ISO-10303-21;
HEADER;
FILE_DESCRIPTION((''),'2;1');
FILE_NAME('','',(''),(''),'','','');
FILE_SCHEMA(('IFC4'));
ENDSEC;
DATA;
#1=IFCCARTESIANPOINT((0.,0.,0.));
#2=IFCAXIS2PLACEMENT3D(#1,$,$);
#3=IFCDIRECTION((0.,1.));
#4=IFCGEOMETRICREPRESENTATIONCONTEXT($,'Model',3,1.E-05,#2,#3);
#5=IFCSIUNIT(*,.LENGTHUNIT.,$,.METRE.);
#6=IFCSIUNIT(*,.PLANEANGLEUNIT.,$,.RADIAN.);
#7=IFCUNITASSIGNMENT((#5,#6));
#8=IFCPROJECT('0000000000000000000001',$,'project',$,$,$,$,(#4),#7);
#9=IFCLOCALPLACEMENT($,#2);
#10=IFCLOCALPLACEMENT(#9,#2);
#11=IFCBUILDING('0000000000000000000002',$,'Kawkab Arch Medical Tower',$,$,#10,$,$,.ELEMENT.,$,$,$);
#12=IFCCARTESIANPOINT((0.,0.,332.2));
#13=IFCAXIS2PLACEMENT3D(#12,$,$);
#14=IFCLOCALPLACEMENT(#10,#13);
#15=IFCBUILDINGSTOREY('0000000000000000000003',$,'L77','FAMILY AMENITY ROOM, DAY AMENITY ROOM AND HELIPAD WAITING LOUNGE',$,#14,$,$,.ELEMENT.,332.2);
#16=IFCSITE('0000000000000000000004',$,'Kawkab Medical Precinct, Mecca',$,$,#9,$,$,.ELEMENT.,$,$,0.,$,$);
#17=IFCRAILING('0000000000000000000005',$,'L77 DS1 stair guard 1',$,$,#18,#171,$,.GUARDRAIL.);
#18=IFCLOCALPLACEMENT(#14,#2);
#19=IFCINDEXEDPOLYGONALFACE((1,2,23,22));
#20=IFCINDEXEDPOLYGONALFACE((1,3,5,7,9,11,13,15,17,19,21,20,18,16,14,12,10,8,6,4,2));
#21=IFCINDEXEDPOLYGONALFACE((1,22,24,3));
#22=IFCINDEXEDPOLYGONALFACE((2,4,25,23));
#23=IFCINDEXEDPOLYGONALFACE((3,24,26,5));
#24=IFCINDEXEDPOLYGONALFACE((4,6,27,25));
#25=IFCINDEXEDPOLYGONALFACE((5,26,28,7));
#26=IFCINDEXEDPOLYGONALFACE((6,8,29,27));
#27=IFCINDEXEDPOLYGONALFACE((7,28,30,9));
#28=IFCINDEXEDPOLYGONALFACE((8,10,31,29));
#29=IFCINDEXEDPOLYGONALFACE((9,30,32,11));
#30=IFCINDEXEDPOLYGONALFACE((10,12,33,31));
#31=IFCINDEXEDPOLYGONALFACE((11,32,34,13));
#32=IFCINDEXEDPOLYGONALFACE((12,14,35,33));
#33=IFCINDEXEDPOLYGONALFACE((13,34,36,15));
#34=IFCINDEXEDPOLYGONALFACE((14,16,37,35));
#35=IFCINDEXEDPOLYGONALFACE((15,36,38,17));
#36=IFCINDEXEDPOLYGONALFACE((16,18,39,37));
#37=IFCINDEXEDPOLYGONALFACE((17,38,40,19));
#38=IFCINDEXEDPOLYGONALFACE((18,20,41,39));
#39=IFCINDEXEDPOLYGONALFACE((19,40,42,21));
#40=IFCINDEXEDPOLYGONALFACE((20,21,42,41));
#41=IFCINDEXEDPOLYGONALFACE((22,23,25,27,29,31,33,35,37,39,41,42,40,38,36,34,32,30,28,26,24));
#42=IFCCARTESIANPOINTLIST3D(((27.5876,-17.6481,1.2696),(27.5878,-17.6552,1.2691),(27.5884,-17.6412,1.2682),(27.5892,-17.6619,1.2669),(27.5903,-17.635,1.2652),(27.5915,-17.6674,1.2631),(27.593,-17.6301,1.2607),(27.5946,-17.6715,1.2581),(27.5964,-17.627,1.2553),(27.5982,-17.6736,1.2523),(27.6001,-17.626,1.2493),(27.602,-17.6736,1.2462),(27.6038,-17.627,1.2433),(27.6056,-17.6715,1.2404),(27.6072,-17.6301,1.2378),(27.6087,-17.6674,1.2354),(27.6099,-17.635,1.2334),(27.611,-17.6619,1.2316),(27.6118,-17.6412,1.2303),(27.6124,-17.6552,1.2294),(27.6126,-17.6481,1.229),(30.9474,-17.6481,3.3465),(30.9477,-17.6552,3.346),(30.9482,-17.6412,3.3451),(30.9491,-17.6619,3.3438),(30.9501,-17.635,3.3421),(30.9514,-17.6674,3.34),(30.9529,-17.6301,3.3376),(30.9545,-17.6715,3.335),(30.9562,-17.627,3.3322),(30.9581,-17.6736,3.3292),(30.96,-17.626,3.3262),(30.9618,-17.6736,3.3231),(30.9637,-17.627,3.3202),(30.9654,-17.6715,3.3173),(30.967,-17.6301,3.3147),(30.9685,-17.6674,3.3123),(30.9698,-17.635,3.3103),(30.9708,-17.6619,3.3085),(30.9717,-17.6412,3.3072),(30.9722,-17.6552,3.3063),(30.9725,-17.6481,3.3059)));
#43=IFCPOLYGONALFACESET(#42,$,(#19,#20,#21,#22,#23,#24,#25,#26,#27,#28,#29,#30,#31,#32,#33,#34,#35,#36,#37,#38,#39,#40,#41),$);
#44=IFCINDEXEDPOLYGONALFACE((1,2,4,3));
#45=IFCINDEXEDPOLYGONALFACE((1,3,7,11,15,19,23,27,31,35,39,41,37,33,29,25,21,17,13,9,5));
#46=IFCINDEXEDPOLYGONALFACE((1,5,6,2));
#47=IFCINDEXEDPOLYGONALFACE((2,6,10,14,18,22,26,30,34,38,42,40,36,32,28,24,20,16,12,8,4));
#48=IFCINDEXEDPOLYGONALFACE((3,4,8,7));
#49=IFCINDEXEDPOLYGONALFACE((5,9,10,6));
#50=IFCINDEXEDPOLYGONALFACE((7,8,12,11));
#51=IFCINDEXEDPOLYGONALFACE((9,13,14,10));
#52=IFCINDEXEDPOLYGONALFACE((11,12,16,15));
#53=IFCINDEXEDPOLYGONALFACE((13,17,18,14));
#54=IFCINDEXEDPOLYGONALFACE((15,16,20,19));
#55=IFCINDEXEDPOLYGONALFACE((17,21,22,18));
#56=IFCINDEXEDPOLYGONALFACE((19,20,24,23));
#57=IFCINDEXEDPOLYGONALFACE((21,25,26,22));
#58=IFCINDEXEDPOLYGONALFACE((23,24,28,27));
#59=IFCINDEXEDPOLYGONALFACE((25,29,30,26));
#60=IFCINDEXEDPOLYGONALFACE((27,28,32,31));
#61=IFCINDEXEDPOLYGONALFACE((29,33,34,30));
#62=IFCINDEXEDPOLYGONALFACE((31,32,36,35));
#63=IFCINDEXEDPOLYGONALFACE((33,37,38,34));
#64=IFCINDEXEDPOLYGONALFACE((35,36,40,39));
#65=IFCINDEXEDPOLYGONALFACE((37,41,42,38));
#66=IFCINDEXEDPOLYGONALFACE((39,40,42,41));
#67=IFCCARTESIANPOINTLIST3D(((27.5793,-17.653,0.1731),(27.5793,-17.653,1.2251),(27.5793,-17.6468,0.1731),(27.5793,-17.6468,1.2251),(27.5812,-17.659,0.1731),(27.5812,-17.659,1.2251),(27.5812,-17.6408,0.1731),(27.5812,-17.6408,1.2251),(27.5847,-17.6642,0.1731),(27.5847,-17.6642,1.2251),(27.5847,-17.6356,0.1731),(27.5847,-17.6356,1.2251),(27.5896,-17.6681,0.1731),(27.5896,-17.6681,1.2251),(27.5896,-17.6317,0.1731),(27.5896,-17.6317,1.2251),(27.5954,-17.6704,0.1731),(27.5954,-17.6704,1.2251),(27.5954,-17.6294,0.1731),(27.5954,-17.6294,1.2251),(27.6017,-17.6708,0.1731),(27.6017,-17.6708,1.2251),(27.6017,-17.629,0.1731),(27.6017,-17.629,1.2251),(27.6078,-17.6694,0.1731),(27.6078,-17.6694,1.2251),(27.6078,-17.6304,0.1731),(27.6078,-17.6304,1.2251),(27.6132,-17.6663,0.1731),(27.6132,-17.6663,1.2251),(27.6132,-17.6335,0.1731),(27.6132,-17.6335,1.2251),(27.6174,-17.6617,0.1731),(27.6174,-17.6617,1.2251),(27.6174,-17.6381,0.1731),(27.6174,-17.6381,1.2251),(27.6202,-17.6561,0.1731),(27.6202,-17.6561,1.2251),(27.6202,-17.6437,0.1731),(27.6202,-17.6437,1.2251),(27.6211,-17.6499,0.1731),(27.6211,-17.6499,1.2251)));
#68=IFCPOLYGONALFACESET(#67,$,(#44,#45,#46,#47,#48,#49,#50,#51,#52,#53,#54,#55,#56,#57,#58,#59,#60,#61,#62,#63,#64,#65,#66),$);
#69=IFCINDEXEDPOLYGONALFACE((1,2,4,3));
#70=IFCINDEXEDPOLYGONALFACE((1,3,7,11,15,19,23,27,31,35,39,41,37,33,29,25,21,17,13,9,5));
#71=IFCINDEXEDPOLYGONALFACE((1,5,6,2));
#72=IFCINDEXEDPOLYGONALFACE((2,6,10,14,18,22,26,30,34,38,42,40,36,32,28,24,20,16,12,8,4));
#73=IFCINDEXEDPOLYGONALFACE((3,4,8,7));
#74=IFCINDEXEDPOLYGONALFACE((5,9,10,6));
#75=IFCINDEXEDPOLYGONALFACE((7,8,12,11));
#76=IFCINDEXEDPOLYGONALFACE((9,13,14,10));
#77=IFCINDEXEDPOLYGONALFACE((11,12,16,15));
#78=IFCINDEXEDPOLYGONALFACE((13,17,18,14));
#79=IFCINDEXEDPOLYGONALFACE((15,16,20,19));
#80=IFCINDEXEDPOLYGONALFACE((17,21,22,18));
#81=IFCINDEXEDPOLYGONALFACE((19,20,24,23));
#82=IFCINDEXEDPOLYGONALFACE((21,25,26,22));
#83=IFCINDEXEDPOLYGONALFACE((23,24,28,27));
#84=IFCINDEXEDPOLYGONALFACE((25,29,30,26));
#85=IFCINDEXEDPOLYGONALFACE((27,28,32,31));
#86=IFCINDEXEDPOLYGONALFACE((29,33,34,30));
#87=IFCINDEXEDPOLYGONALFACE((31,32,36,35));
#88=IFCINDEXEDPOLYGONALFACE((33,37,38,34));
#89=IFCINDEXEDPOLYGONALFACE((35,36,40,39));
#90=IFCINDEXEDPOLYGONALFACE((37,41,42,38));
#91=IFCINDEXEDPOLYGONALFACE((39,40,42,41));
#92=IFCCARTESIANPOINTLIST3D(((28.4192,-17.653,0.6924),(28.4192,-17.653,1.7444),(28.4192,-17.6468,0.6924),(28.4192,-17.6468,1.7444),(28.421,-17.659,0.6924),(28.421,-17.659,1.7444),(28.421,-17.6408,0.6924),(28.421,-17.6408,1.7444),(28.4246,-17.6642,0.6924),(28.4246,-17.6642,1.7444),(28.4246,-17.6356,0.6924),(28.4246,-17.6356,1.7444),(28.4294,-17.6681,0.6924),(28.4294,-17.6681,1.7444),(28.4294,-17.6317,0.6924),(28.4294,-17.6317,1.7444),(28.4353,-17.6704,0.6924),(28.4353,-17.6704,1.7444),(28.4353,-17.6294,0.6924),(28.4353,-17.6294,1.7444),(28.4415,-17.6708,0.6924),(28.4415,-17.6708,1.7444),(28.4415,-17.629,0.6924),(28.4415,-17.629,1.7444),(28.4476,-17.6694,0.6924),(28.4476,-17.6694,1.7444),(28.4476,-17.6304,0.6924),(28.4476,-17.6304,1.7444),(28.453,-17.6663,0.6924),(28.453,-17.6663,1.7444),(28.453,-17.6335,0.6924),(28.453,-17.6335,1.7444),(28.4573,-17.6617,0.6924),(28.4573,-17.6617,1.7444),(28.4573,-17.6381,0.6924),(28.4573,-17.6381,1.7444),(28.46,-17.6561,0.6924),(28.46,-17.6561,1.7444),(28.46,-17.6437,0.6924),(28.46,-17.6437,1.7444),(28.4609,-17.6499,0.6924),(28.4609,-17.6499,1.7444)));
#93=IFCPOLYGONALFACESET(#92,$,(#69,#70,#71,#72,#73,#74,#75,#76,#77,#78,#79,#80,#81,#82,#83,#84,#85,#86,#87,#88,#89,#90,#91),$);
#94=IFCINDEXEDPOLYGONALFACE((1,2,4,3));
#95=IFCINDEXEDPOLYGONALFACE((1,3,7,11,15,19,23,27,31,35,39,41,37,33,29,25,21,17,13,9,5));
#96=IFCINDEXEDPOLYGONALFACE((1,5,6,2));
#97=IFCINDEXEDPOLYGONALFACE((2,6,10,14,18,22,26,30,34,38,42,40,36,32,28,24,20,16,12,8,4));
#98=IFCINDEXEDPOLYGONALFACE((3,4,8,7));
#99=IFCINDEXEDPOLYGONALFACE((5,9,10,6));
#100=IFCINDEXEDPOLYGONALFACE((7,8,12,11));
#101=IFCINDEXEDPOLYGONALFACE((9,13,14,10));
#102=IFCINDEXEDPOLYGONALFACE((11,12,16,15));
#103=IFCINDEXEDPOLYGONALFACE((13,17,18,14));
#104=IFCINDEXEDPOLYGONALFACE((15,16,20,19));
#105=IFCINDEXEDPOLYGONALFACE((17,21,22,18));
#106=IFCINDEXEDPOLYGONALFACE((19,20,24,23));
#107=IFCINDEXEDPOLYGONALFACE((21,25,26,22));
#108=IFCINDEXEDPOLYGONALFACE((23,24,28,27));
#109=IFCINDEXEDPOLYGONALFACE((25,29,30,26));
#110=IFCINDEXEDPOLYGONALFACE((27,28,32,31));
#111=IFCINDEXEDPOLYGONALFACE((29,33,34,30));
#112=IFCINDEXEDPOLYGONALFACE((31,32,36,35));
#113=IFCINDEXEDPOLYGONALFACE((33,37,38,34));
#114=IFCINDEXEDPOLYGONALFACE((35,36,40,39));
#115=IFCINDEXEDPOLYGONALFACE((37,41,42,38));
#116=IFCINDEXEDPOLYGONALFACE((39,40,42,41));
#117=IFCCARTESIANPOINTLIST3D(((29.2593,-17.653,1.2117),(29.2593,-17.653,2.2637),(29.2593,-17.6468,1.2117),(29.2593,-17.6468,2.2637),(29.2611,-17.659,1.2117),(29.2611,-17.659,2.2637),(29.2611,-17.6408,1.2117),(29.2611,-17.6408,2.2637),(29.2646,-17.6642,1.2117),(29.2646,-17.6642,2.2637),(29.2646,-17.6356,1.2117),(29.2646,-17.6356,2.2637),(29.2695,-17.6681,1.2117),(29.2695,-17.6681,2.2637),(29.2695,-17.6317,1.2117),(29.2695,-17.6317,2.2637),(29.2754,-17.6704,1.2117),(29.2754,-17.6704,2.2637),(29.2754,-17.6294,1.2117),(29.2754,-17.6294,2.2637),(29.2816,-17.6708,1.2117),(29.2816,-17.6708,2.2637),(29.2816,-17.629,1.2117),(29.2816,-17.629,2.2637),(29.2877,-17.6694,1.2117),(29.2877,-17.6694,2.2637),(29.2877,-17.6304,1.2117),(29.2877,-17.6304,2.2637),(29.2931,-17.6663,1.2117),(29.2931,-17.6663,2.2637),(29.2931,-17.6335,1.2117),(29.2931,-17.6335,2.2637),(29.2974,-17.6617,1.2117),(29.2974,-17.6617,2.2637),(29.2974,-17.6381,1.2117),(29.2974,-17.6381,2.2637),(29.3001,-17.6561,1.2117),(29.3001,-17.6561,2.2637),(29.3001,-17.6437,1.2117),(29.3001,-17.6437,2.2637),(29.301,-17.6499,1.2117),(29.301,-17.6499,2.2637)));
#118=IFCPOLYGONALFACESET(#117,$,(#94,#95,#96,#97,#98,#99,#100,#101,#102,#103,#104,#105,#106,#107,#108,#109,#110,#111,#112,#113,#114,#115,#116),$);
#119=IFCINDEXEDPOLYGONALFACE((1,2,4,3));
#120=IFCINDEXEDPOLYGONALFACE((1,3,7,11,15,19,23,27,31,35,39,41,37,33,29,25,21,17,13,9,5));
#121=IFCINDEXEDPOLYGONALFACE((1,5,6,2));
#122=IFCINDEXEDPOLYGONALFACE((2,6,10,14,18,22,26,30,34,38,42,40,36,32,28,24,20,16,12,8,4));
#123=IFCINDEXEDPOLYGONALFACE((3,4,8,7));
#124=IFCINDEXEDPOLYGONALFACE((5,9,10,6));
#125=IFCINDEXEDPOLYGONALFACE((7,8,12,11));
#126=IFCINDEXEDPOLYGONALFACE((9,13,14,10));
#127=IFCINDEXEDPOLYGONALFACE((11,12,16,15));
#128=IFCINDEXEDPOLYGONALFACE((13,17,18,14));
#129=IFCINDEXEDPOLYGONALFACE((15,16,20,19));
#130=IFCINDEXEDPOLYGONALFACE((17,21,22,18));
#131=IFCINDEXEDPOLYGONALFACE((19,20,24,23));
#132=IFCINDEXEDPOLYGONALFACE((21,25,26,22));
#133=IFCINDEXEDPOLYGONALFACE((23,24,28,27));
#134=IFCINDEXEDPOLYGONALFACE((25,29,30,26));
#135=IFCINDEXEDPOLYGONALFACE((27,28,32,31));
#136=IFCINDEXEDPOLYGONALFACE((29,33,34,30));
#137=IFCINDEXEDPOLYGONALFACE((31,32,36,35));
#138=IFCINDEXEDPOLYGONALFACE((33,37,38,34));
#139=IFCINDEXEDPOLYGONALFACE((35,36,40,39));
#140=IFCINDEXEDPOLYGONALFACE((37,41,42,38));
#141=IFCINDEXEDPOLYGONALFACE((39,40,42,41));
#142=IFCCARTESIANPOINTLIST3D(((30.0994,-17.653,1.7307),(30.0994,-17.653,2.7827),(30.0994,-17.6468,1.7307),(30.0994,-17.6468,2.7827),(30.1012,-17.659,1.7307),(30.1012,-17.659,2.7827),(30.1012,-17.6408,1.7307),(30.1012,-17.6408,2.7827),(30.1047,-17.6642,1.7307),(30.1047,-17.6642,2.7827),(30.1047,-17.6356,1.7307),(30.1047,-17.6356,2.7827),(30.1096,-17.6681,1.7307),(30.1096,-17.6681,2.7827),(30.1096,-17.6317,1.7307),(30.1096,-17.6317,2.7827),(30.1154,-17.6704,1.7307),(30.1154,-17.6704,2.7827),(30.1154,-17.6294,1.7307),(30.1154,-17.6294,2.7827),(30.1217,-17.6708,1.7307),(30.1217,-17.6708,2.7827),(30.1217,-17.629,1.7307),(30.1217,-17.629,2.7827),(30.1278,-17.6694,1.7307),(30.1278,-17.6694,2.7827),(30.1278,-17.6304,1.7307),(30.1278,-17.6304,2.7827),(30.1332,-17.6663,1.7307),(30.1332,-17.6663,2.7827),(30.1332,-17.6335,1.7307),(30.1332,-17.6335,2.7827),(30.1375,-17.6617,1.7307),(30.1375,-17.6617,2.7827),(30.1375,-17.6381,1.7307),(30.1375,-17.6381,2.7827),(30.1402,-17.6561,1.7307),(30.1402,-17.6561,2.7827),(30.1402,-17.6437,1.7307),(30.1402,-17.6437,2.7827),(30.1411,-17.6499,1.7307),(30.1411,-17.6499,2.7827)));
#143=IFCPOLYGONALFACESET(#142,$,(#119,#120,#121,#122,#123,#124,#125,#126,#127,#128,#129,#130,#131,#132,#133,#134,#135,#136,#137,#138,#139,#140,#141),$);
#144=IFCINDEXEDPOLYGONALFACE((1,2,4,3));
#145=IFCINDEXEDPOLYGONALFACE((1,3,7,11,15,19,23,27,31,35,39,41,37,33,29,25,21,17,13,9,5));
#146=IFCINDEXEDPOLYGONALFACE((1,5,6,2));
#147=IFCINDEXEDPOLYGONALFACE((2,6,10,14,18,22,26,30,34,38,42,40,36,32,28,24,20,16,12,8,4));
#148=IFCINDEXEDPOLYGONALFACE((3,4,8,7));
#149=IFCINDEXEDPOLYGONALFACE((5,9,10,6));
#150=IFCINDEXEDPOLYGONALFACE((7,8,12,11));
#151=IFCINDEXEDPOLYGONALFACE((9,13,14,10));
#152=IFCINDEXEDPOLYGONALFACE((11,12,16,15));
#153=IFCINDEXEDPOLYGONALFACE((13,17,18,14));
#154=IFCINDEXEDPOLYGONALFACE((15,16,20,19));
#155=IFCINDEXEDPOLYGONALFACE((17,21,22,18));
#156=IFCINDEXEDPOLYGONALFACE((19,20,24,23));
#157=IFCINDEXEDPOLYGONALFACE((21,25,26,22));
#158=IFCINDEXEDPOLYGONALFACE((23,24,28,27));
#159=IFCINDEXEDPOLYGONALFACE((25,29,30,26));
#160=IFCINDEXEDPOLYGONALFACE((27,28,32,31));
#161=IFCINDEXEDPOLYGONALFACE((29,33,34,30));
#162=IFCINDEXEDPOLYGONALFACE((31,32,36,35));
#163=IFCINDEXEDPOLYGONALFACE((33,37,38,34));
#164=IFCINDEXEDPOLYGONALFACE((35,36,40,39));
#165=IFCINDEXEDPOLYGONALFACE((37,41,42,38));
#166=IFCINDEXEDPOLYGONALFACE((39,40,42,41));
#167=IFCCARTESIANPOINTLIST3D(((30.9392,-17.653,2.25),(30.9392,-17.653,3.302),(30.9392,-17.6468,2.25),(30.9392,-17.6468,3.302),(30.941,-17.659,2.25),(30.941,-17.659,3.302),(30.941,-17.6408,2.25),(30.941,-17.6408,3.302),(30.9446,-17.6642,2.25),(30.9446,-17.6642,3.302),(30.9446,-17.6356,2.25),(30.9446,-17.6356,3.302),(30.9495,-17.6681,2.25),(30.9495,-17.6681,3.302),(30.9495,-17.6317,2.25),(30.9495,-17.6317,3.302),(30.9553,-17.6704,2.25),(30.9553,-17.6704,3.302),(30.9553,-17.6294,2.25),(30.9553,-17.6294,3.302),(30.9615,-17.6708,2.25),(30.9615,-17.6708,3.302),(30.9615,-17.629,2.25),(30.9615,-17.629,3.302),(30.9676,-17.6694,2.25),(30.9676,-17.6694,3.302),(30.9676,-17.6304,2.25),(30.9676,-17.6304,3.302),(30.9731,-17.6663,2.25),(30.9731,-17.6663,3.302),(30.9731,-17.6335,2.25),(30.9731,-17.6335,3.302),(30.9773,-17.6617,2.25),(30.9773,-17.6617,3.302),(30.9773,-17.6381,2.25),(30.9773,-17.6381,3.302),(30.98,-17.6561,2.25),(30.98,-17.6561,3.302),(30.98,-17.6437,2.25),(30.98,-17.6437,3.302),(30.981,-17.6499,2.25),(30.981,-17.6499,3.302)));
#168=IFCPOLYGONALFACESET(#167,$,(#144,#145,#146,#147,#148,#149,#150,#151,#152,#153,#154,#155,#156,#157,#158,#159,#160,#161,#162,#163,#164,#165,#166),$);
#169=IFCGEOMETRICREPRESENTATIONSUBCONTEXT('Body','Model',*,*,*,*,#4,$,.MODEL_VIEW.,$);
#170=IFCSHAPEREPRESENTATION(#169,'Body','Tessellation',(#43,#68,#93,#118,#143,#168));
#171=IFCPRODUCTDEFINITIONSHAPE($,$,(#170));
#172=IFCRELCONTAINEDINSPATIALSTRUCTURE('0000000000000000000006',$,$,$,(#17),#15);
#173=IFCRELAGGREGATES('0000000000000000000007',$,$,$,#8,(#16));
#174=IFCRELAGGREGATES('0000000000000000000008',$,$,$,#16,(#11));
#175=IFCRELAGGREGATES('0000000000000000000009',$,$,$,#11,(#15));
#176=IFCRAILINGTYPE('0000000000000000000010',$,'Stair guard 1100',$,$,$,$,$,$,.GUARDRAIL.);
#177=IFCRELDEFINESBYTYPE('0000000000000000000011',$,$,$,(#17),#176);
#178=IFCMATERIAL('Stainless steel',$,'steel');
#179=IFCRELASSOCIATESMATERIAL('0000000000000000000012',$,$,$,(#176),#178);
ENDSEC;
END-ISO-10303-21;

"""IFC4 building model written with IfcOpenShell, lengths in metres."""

from ifc_helpers import new_model, si_unit, direction, frame, origin, origin_2d, place, context, subcontext, project, spatial, circle, extrude, material, type_object, element, save


model = new_model("IFC4")

# Units and contexts
model_context = context("Model", 3, precision=1e-05, world=origin(), true_north=direction((0.0, 1.0)))
body_context = subcontext(model_context, "Body", "Model", "MODEL_VIEW")
ifc_project = project(units=[si_unit("LENGTHUNIT", "METRE"), si_unit("PLANEANGLEUNIT", "RADIAN")], contexts=[model_context])

# Site, building, storey
site_placement = place(None, origin())
site = spatial("IfcSite", under=ifc_project, at=site_placement, Name="Kawkab Medical Precinct, Mecca", CompositionType="ELEMENT", RefElevation=0.0)
building_placement = place(site_placement, origin())
building = spatial("IfcBuilding", under=site, at=building_placement, Name="Kawkab Arch Medical Tower", CompositionType="ELEMENT")
storey_placement = place(building_placement, frame((0.0, 0.0, 332.2)))
storey = spatial("IfcBuildingStorey", under=building, at=storey_placement, Name="L77", Description="FAMILY AMENITY ROOM, DAY AMENITY ROOM AND HELIPAD WAITING LOUNGE", CompositionType="ELEMENT", Elevation=332.2)

# Railing
ifc_material_1 = material(Name="Stainless steel", Category="steel")
railing_type = type_object("IfcRailingType", Name="Stair guard 1100", PredefinedType="GUARDRAIL", material=ifc_material_1)
railing_1_placement = place(storey_placement, frame((27.6001, -17.6499, 0.1731)))
element("IfcRailing", 1, at=railing_1_placement, inside=storey, type_object=railing_type, Name="L77 DS1 stair guard 1", PredefinedType="GUARDRAIL", context=body_context, shape_type="SweptSolid", body=[
    extrude(circle(Radius=0.0239, at=origin_2d()), frame((0.0, 0.0, 1.0762), z_axis=(0.850606, 0.0, 0.525803), x_axis=(0.0, 1.0, 0.0)), (0.0, 0.0, 1.0), 3.95),
    extrude(circle(Radius=0.021, at=origin_2d()), origin(), (0.0, 0.0, 1.0), 1.052),
    extrude(circle(Radius=0.021, at=origin_2d()), frame((0.8398, 0.0, 0.5193)), (0.0, 0.0, 1.0), 1.052),
    extrude(circle(Radius=0.021, at=origin_2d()), frame((1.6799, 0.0, 1.0386)), (0.0, 0.0, 1.0), 1.052),
    extrude(circle(Radius=0.021, at=origin_2d()), frame((2.52, 0.0, 1.5576)), (0.0, 0.0, 1.0), 1.052),
    extrude(circle(Radius=0.021, at=origin_2d()), frame((3.3599, 0.0, 2.0769)), (0.0, 0.0, 1.0), 1.052),
])

save(model, "model.ifc")
